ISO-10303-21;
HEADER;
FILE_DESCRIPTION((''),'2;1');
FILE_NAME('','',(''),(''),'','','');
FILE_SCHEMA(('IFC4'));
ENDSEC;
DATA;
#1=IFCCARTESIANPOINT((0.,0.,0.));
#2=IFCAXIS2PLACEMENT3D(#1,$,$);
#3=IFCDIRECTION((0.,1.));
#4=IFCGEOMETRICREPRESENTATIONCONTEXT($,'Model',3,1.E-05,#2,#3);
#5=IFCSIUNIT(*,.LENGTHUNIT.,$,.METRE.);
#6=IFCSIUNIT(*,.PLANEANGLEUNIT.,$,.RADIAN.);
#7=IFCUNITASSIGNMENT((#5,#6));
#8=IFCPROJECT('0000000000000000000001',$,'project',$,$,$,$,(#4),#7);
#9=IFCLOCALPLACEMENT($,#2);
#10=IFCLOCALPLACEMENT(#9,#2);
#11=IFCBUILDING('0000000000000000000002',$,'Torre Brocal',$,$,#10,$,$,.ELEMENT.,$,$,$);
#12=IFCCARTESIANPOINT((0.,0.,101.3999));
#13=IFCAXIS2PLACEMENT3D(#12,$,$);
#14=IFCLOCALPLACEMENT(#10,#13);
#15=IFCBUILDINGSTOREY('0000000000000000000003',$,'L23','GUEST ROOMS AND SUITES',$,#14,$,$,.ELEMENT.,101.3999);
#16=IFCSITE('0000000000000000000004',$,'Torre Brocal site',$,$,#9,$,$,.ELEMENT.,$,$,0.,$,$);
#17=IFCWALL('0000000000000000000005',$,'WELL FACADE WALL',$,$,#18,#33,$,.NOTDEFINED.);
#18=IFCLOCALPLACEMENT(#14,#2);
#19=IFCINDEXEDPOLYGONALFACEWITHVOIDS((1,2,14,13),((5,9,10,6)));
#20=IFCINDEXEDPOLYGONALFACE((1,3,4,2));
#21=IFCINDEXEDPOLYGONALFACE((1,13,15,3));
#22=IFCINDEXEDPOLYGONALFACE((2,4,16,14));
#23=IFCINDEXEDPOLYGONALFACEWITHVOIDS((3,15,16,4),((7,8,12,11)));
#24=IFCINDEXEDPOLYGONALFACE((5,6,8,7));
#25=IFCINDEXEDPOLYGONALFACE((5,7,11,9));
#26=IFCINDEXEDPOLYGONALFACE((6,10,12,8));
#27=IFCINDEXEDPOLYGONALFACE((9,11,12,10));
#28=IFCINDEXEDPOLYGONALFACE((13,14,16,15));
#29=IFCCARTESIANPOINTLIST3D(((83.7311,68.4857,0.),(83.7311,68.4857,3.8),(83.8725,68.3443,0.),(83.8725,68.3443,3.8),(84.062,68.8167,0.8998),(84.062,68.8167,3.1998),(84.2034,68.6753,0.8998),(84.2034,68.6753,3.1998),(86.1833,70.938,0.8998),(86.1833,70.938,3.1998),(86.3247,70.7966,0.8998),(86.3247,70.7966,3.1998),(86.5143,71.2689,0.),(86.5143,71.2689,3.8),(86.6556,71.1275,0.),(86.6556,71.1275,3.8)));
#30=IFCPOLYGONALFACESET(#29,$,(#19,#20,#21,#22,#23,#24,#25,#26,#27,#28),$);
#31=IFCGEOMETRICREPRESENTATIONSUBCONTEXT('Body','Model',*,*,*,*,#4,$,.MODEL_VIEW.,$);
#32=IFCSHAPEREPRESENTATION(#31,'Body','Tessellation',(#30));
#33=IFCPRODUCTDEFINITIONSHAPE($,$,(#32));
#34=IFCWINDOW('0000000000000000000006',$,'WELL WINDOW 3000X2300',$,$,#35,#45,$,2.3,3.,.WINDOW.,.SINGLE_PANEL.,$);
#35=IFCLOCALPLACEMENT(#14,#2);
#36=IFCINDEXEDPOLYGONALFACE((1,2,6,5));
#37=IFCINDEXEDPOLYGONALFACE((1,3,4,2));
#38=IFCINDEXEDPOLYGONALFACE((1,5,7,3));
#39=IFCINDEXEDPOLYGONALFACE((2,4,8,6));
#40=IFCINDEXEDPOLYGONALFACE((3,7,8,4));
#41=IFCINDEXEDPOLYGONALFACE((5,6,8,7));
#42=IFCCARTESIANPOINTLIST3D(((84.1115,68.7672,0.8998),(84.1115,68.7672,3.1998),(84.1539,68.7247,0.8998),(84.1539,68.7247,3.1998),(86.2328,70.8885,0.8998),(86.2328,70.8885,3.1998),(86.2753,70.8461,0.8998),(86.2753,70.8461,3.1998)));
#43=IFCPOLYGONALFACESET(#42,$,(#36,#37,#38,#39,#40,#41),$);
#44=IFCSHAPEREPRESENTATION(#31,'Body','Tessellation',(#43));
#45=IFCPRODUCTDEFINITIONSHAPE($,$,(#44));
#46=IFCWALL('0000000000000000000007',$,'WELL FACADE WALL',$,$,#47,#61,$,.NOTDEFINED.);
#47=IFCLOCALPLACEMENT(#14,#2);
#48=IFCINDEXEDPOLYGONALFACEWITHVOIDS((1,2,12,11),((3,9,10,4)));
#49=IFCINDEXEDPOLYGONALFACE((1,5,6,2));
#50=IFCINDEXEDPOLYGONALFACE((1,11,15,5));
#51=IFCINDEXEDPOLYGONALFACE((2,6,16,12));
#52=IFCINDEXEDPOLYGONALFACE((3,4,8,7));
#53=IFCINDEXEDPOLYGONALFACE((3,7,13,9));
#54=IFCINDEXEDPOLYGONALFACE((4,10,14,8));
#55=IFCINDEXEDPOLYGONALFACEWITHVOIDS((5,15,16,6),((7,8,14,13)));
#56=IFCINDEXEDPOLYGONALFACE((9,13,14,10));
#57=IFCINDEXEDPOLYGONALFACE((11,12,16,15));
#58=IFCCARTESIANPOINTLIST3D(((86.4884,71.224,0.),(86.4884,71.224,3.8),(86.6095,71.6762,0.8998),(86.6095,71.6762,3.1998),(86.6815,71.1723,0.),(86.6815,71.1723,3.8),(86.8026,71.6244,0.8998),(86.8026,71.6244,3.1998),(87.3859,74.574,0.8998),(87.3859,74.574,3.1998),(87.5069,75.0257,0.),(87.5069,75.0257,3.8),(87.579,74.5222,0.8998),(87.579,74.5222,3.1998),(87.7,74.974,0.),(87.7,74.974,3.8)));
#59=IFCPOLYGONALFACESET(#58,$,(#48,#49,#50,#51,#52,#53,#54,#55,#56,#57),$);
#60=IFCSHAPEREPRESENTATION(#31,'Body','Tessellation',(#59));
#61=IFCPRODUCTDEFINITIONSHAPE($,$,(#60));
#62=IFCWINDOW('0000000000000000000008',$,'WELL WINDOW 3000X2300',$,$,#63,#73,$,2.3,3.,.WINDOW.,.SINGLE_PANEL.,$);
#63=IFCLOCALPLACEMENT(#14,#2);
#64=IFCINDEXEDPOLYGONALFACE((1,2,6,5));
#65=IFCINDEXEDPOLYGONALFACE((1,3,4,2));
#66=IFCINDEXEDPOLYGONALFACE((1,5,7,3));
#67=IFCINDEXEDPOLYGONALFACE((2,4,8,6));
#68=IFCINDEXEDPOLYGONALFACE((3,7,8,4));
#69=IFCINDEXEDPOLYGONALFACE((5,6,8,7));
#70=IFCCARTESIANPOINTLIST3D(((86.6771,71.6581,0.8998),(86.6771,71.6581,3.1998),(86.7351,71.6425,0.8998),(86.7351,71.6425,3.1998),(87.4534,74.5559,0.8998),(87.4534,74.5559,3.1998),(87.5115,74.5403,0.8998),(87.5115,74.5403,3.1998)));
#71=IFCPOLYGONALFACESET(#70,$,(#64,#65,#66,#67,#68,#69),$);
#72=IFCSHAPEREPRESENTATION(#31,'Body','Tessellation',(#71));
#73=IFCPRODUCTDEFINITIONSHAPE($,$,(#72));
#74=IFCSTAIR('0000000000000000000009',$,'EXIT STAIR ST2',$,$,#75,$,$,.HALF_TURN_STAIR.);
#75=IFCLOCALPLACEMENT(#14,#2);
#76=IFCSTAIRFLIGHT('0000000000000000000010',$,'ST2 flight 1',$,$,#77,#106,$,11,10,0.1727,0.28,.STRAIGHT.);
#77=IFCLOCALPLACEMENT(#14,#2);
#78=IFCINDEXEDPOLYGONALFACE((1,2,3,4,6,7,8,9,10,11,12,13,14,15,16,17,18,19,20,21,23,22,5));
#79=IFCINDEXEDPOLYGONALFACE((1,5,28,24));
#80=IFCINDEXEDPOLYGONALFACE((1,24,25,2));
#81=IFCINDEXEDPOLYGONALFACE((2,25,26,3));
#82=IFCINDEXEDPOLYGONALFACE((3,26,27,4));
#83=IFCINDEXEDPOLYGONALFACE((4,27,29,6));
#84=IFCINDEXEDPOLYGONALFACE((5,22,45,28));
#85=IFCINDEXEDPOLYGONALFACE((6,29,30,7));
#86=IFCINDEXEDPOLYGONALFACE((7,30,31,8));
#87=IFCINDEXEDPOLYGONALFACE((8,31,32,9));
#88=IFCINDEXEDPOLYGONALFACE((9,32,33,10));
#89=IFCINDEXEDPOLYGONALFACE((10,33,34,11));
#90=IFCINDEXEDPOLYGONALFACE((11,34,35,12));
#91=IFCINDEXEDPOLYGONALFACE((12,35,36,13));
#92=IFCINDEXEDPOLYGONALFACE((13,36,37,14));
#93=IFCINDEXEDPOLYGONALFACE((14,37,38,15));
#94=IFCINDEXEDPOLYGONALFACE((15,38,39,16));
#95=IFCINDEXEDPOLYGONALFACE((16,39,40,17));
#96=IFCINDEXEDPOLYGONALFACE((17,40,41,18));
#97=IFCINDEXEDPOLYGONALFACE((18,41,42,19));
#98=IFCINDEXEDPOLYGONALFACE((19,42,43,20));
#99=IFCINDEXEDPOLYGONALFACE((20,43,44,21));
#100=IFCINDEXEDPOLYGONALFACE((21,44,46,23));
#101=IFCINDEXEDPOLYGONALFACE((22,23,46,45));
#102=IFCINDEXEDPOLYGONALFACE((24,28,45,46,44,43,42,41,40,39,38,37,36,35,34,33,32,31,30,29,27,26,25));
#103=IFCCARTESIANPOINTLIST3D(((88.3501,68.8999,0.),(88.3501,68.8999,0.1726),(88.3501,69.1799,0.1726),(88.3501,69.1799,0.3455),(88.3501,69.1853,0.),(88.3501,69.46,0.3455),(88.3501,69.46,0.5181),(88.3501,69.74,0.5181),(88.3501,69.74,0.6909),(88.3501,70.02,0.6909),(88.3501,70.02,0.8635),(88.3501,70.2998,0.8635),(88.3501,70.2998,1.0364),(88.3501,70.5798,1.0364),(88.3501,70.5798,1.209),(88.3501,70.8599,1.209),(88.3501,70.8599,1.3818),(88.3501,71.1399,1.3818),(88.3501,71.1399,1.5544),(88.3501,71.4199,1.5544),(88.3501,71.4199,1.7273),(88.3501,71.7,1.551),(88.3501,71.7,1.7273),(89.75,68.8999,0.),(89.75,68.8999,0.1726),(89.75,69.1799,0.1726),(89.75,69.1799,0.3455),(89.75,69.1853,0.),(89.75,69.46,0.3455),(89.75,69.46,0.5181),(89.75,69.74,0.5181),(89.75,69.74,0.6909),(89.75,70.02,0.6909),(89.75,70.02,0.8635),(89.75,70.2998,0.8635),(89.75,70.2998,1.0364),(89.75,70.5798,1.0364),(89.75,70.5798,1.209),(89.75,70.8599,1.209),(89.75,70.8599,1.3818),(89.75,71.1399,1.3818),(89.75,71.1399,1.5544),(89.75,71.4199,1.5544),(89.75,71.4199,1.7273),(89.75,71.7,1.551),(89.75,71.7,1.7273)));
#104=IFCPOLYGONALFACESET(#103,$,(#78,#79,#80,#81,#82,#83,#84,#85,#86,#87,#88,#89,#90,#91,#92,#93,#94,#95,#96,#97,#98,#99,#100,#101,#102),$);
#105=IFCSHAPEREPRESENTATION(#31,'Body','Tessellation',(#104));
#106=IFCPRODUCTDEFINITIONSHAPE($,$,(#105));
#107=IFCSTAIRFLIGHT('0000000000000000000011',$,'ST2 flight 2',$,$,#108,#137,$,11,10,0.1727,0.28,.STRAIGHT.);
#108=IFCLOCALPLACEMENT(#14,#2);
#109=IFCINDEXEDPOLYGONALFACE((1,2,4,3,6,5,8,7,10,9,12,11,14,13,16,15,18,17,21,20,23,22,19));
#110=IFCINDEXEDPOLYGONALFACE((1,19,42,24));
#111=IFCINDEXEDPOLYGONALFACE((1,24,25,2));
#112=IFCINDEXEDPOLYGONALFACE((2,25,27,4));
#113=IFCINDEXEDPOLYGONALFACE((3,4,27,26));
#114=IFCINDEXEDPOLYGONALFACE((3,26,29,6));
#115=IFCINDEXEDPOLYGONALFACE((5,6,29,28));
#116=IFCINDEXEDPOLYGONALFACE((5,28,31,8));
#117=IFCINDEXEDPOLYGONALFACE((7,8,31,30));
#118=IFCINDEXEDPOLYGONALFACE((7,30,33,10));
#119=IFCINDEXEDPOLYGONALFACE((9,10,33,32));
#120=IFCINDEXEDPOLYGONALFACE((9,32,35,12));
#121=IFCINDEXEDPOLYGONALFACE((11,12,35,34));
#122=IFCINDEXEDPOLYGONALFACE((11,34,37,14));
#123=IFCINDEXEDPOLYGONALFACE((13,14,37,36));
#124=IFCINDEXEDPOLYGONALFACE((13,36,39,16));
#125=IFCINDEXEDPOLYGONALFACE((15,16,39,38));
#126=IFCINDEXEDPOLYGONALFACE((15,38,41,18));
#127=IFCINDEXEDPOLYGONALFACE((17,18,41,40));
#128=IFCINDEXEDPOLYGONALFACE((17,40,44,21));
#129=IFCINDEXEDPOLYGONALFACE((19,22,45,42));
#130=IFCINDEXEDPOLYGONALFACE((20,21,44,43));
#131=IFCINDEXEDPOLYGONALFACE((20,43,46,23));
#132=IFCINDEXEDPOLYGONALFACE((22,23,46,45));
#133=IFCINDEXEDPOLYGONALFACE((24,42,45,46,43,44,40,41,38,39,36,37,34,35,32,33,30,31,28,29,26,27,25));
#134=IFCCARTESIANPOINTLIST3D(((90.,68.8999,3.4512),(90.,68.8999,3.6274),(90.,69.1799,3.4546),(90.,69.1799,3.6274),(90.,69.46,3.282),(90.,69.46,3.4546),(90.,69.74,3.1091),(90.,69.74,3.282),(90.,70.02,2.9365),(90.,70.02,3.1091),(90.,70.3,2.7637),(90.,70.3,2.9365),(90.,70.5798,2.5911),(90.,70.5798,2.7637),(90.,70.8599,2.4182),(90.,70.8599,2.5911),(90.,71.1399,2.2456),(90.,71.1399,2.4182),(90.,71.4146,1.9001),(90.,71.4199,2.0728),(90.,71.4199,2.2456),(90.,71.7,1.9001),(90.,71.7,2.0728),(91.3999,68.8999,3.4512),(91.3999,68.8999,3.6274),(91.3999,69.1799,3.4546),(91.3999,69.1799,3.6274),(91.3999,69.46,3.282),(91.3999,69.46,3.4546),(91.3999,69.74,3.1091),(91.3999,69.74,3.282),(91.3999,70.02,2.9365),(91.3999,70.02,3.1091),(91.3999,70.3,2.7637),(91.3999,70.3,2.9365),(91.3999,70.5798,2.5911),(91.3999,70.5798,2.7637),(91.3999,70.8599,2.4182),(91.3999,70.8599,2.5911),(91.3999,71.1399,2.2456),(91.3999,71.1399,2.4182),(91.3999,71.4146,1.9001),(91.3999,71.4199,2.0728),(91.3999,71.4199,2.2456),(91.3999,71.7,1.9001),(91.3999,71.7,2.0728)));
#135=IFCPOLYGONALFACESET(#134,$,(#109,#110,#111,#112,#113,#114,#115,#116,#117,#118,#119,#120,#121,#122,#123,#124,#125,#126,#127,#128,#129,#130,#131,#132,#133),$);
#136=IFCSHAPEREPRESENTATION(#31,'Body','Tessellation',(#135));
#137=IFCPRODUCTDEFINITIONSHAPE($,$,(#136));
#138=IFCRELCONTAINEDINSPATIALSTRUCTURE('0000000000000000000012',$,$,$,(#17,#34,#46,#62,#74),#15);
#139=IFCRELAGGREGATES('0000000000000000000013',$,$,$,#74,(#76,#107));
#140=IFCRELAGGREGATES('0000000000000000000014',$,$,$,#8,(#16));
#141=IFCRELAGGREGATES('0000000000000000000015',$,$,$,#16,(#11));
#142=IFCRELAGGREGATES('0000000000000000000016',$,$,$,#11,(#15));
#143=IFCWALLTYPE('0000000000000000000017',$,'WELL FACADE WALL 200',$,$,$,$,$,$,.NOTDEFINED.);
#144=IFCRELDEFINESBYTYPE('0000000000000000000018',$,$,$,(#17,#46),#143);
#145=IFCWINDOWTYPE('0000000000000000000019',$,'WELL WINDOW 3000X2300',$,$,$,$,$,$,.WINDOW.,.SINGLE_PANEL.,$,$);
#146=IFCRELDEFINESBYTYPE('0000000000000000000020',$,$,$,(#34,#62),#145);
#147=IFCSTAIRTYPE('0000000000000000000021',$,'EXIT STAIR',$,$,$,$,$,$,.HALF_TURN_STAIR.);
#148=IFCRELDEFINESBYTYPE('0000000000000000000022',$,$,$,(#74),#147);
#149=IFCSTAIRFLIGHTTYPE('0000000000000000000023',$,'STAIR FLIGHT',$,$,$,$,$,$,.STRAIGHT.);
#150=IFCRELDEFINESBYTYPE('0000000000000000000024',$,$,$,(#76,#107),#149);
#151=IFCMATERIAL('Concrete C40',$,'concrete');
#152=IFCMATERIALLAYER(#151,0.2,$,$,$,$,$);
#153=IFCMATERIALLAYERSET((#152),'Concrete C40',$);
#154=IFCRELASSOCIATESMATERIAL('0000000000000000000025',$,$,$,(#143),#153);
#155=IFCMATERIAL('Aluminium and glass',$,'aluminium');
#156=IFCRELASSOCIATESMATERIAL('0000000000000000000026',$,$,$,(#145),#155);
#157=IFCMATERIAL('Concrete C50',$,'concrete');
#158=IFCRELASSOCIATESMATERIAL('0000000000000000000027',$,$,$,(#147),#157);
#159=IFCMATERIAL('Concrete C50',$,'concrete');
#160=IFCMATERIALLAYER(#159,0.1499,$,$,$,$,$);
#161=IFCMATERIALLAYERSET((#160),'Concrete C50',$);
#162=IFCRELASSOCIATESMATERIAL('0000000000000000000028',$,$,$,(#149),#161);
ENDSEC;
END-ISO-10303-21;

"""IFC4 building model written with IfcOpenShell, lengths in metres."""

from ifc_helpers import new_model, si_unit, direction, frame, frame_2d, origin, place, context, subcontext, project, spatial, polyline, rectangle, outline, extrude, material, layer, layer_set, type_object, element, fill, aggregate, save


model = new_model("IFC4")

# Units and contexts
model_context = context("Model", 3, precision=1e-05, world=origin(), true_north=direction((0.0, 1.0)))
body_context = subcontext(model_context, "Body", "Model", "MODEL_VIEW")
ifc_project = project(units=[si_unit("LENGTHUNIT", "METRE"), si_unit("PLANEANGLEUNIT", "RADIAN")], contexts=[model_context])

# Site, building, storey
site_placement = place(None, origin())
site = spatial("IfcSite", under=ifc_project, at=site_placement, Name="Torre Brocal site", CompositionType="ELEMENT", RefElevation=0.0)
building_placement = place(site_placement, origin())
building = spatial("IfcBuilding", under=site, at=building_placement, Name="Torre Brocal", CompositionType="ELEMENT")
storey_placement = place(building_placement, frame((0.0, 0.0, 101.3999)))
storey = spatial("IfcBuildingStorey", under=building, at=storey_placement, Name="L23", Description="GUEST ROOMS AND SUITES", CompositionType="ELEMENT", Elevation=101.3999)

# Walls, openings, windows
ifc_material_1 = material(Name="Concrete C40", Category="concrete")
ifc_layer_1 = layer(ifc_material_1, 0.2)
ifc_layer_set_1 = layer_set([ifc_layer_1], Name="Concrete C40")
wall_type_1 = type_object("IfcWallType", Name="WELL FACADE WALL 200", PredefinedType="NOTDEFINED", material=ifc_layer_set_1)
wall_1_placement = place(storey_placement, frame((83.8018, 68.415, 0.0), z_axis=(0.0, 0.0, 1.0), x_axis=(0.707107, 0.707107, 0.0)))
wall_1 = element("IfcWall", 1, at=wall_1_placement, inside=storey, type_object=wall_type_1, Name="WELL FACADE WALL", PredefinedType="NOTDEFINED", context=body_context, shape_type="SweptSolid", body=[
    extrude(rectangle(XDim=3.936, YDim=0.2, at=frame_2d((1.968, 0.0))), origin(), (0.0, 0.0, 1.0), 3.8),
])
opening_1_placement = place(wall_1_placement, frame((0.468, 0.0, 0.8999)))
opening_1 = element("IfcOpeningElement", 2, at=opening_1_placement, cuts=wall_1, PredefinedType="OPENING", context=body_context, shape_type="SweptSolid", body=[
    extrude(rectangle(XDim=3.0, YDim=2.3, at=frame_2d((1.5, 1.1499))), frame((0.0, 0.1099, 0.0), z_axis=(0.0, -1.0, 0.0), x_axis=(1.0, 0.0, 0.0)), (0.0, 0.0, 1.0), 0.22),
])
ifc_material_2 = material(Name="Aluminium and glass", Category="aluminium")
window_type = type_object("IfcWindowType", Name="WELL WINDOW 3000X2300", PartitioningType="SINGLE_PANEL", PredefinedType="WINDOW", material=ifc_material_2)
window_1_placement = place(opening_1_placement, origin())
window_1 = element("IfcWindow", 3, at=window_1_placement, inside=storey, type_object=window_type, Name="WELL WINDOW 3000X2300", OverallHeight=2.3, OverallWidth=3.0, PartitioningType="SINGLE_PANEL", PredefinedType="WINDOW", context=body_context, shape_type="SweptSolid", body=[
    extrude(rectangle(XDim=3.0, YDim=2.3, at=frame_2d((1.5, 1.1499))), frame((0.0, 0.03, 0.0), z_axis=(0.0, -1.0, 0.0), x_axis=(1.0, 0.0, 0.0)), (0.0, 0.0, 1.0), 0.0601),
])
fill(opening_1, window_1)
wall_2_placement = place(storey_placement, frame((86.585, 71.1982, 0.0), z_axis=(0.0, 0.0, 1.0), x_axis=(0.25879, 0.965934, 0.0)))
wall_2 = element("IfcWall", 4, at=wall_2_placement, inside=storey, type_object=wall_type_1, Name="WELL FACADE WALL", PredefinedType="NOTDEFINED", context=body_context, shape_type="SweptSolid", body=[
    extrude(rectangle(XDim=3.9358, YDim=0.2, at=frame_2d((1.9678, 0.0))), origin(), (0.0, 0.0, 1.0), 3.8),
])
opening_2_placement = place(wall_2_placement, frame((0.468, 0.0, 0.8999)))
opening_2 = element("IfcOpeningElement", 5, at=opening_2_placement, cuts=wall_2, PredefinedType="OPENING", context=body_context, shape_type="SweptSolid", body=[
    extrude(rectangle(XDim=3.0, YDim=2.3, at=frame_2d((1.5, 1.1499))), frame((0.0, 0.1099, 0.0), z_axis=(0.0, -1.0, 0.0), x_axis=(1.0, 0.0, 0.0)), (0.0, 0.0, 1.0), 0.22),
])
window_2_placement = place(opening_2_placement, origin())
window_2 = element("IfcWindow", 6, at=window_2_placement, inside=storey, type_object=window_type, Name="WELL WINDOW 3000X2300", OverallHeight=2.3, OverallWidth=3.0, PartitioningType="SINGLE_PANEL", PredefinedType="WINDOW", context=body_context, shape_type="SweptSolid", body=[
    extrude(rectangle(XDim=3.0, YDim=2.3, at=frame_2d((1.5, 1.1499))), frame((0.0, 0.03, 0.0), z_axis=(0.0, -1.0, 0.0), x_axis=(1.0, 0.0, 0.0)), (0.0, 0.0, 1.0), 0.0601),
])
fill(opening_2, window_2)

# Stair, stair flights
ifc_material_3 = material(Name="Concrete C50", Category="concrete")
stair_type = type_object("IfcStairType", Name="EXIT STAIR", PredefinedType="HALF_TURN_STAIR", material=ifc_material_3)
stair_placement = place(storey_placement, origin())
stair = element("IfcStair", 7, at=stair_placement, inside=storey, type_object=stair_type, Name="EXIT STAIR ST2", PredefinedType="HALF_TURN_STAIR")
ifc_material_4 = material(Name="Concrete C50", Category="concrete")
ifc_layer_2 = layer(ifc_material_4, 0.1499)
ifc_layer_set_2 = layer_set([ifc_layer_2], Name="Concrete C50")
stair_flight_type = type_object("IfcStairFlightType", Name="STAIR FLIGHT", PredefinedType="STRAIGHT", material=ifc_layer_set_2)
stair_flight_1_placement = place(storey_placement, frame((89.05, 68.8999, 0.0), z_axis=(0.0, 0.0, 1.0), x_axis=(0.0, 1.0, 0.0)))
stair_flight_1 = element("IfcStairFlight", 8, at=stair_flight_1_placement, type_object=stair_flight_type, Name="ST2 flight 1", NumberOfRisers=11, NumberOfTreads=10, PredefinedType="STRAIGHT", RiserHeight=0.1727, TreadLength=0.28, context=body_context, shape_type="SweptSolid", body=[
    extrude(outline(polyline([(0.0, 0.0), (0.0, 0.1726), (0.28, 0.1726), (0.28, 0.3455), (0.5601, 0.3455), (0.5601, 0.5181), (0.8401, 0.5181), (0.8401, 0.6909), (1.1201, 0.6909), (1.1201, 0.8635), (1.3999, 0.8635), (1.3999, 1.0364), (1.6799, 1.0364), (1.6799, 1.209), (1.96, 1.209), (1.96, 1.3818), (2.24, 1.3818), (2.24, 1.5544), (2.52, 1.5544), (2.52, 1.7273), (2.8, 1.7273), (2.8, 1.8999), (2.8, 1.551), (0.2854, 0.0), (0.0, 0.0)])), frame((0.0, 0.7, 0.0), z_axis=(0.0, -1.0, 0.0), x_axis=(1.0, 0.0, 0.0)), (0.0, 0.0, 1.0), 1.3999),
])
stair_flight_2_placement = place(storey_placement, frame((90.7, 71.7, 1.9001), z_axis=(0.0, 0.0, 1.0), x_axis=(0.0, -1.0, 0.0)))
stair_flight_2 = element("IfcStairFlight", 9, at=stair_flight_2_placement, type_object=stair_flight_type, Name="ST2 flight 2", NumberOfRisers=11, NumberOfTreads=10, PredefinedType="STRAIGHT", RiserHeight=0.1727, TreadLength=0.28, context=body_context, shape_type="SweptSolid", body=[
    extrude(outline(polyline([(0.0, 0.0), (0.0, 0.1726), (0.28, 0.1726), (0.28, 0.3455), (0.5601, 0.3455), (0.5601, 0.5181), (0.8401, 0.5181), (0.8401, 0.6909), (1.1201, 0.6909), (1.1201, 0.8635), (1.3999, 0.8635), (1.3999, 1.0364), (1.6799, 1.0364), (1.6799, 1.209), (1.96, 1.209), (1.96, 1.3818), (2.24, 1.3818), (2.24, 1.5544), (2.52, 1.5544), (2.52, 1.7273), (2.8, 1.7273), (2.8, 1.8999), (2.8, 1.551), (0.2854, 0.0), (0.0, 0.0)])), frame((0.0, 0.7, 0.0), z_axis=(0.0, -1.0, 0.0), x_axis=(1.0, 0.0, 0.0)), (0.0, 0.0, 1.0), 1.3999),
])
aggregate(stair, [stair_flight_1, stair_flight_2])

save(model, "model.ifc")
